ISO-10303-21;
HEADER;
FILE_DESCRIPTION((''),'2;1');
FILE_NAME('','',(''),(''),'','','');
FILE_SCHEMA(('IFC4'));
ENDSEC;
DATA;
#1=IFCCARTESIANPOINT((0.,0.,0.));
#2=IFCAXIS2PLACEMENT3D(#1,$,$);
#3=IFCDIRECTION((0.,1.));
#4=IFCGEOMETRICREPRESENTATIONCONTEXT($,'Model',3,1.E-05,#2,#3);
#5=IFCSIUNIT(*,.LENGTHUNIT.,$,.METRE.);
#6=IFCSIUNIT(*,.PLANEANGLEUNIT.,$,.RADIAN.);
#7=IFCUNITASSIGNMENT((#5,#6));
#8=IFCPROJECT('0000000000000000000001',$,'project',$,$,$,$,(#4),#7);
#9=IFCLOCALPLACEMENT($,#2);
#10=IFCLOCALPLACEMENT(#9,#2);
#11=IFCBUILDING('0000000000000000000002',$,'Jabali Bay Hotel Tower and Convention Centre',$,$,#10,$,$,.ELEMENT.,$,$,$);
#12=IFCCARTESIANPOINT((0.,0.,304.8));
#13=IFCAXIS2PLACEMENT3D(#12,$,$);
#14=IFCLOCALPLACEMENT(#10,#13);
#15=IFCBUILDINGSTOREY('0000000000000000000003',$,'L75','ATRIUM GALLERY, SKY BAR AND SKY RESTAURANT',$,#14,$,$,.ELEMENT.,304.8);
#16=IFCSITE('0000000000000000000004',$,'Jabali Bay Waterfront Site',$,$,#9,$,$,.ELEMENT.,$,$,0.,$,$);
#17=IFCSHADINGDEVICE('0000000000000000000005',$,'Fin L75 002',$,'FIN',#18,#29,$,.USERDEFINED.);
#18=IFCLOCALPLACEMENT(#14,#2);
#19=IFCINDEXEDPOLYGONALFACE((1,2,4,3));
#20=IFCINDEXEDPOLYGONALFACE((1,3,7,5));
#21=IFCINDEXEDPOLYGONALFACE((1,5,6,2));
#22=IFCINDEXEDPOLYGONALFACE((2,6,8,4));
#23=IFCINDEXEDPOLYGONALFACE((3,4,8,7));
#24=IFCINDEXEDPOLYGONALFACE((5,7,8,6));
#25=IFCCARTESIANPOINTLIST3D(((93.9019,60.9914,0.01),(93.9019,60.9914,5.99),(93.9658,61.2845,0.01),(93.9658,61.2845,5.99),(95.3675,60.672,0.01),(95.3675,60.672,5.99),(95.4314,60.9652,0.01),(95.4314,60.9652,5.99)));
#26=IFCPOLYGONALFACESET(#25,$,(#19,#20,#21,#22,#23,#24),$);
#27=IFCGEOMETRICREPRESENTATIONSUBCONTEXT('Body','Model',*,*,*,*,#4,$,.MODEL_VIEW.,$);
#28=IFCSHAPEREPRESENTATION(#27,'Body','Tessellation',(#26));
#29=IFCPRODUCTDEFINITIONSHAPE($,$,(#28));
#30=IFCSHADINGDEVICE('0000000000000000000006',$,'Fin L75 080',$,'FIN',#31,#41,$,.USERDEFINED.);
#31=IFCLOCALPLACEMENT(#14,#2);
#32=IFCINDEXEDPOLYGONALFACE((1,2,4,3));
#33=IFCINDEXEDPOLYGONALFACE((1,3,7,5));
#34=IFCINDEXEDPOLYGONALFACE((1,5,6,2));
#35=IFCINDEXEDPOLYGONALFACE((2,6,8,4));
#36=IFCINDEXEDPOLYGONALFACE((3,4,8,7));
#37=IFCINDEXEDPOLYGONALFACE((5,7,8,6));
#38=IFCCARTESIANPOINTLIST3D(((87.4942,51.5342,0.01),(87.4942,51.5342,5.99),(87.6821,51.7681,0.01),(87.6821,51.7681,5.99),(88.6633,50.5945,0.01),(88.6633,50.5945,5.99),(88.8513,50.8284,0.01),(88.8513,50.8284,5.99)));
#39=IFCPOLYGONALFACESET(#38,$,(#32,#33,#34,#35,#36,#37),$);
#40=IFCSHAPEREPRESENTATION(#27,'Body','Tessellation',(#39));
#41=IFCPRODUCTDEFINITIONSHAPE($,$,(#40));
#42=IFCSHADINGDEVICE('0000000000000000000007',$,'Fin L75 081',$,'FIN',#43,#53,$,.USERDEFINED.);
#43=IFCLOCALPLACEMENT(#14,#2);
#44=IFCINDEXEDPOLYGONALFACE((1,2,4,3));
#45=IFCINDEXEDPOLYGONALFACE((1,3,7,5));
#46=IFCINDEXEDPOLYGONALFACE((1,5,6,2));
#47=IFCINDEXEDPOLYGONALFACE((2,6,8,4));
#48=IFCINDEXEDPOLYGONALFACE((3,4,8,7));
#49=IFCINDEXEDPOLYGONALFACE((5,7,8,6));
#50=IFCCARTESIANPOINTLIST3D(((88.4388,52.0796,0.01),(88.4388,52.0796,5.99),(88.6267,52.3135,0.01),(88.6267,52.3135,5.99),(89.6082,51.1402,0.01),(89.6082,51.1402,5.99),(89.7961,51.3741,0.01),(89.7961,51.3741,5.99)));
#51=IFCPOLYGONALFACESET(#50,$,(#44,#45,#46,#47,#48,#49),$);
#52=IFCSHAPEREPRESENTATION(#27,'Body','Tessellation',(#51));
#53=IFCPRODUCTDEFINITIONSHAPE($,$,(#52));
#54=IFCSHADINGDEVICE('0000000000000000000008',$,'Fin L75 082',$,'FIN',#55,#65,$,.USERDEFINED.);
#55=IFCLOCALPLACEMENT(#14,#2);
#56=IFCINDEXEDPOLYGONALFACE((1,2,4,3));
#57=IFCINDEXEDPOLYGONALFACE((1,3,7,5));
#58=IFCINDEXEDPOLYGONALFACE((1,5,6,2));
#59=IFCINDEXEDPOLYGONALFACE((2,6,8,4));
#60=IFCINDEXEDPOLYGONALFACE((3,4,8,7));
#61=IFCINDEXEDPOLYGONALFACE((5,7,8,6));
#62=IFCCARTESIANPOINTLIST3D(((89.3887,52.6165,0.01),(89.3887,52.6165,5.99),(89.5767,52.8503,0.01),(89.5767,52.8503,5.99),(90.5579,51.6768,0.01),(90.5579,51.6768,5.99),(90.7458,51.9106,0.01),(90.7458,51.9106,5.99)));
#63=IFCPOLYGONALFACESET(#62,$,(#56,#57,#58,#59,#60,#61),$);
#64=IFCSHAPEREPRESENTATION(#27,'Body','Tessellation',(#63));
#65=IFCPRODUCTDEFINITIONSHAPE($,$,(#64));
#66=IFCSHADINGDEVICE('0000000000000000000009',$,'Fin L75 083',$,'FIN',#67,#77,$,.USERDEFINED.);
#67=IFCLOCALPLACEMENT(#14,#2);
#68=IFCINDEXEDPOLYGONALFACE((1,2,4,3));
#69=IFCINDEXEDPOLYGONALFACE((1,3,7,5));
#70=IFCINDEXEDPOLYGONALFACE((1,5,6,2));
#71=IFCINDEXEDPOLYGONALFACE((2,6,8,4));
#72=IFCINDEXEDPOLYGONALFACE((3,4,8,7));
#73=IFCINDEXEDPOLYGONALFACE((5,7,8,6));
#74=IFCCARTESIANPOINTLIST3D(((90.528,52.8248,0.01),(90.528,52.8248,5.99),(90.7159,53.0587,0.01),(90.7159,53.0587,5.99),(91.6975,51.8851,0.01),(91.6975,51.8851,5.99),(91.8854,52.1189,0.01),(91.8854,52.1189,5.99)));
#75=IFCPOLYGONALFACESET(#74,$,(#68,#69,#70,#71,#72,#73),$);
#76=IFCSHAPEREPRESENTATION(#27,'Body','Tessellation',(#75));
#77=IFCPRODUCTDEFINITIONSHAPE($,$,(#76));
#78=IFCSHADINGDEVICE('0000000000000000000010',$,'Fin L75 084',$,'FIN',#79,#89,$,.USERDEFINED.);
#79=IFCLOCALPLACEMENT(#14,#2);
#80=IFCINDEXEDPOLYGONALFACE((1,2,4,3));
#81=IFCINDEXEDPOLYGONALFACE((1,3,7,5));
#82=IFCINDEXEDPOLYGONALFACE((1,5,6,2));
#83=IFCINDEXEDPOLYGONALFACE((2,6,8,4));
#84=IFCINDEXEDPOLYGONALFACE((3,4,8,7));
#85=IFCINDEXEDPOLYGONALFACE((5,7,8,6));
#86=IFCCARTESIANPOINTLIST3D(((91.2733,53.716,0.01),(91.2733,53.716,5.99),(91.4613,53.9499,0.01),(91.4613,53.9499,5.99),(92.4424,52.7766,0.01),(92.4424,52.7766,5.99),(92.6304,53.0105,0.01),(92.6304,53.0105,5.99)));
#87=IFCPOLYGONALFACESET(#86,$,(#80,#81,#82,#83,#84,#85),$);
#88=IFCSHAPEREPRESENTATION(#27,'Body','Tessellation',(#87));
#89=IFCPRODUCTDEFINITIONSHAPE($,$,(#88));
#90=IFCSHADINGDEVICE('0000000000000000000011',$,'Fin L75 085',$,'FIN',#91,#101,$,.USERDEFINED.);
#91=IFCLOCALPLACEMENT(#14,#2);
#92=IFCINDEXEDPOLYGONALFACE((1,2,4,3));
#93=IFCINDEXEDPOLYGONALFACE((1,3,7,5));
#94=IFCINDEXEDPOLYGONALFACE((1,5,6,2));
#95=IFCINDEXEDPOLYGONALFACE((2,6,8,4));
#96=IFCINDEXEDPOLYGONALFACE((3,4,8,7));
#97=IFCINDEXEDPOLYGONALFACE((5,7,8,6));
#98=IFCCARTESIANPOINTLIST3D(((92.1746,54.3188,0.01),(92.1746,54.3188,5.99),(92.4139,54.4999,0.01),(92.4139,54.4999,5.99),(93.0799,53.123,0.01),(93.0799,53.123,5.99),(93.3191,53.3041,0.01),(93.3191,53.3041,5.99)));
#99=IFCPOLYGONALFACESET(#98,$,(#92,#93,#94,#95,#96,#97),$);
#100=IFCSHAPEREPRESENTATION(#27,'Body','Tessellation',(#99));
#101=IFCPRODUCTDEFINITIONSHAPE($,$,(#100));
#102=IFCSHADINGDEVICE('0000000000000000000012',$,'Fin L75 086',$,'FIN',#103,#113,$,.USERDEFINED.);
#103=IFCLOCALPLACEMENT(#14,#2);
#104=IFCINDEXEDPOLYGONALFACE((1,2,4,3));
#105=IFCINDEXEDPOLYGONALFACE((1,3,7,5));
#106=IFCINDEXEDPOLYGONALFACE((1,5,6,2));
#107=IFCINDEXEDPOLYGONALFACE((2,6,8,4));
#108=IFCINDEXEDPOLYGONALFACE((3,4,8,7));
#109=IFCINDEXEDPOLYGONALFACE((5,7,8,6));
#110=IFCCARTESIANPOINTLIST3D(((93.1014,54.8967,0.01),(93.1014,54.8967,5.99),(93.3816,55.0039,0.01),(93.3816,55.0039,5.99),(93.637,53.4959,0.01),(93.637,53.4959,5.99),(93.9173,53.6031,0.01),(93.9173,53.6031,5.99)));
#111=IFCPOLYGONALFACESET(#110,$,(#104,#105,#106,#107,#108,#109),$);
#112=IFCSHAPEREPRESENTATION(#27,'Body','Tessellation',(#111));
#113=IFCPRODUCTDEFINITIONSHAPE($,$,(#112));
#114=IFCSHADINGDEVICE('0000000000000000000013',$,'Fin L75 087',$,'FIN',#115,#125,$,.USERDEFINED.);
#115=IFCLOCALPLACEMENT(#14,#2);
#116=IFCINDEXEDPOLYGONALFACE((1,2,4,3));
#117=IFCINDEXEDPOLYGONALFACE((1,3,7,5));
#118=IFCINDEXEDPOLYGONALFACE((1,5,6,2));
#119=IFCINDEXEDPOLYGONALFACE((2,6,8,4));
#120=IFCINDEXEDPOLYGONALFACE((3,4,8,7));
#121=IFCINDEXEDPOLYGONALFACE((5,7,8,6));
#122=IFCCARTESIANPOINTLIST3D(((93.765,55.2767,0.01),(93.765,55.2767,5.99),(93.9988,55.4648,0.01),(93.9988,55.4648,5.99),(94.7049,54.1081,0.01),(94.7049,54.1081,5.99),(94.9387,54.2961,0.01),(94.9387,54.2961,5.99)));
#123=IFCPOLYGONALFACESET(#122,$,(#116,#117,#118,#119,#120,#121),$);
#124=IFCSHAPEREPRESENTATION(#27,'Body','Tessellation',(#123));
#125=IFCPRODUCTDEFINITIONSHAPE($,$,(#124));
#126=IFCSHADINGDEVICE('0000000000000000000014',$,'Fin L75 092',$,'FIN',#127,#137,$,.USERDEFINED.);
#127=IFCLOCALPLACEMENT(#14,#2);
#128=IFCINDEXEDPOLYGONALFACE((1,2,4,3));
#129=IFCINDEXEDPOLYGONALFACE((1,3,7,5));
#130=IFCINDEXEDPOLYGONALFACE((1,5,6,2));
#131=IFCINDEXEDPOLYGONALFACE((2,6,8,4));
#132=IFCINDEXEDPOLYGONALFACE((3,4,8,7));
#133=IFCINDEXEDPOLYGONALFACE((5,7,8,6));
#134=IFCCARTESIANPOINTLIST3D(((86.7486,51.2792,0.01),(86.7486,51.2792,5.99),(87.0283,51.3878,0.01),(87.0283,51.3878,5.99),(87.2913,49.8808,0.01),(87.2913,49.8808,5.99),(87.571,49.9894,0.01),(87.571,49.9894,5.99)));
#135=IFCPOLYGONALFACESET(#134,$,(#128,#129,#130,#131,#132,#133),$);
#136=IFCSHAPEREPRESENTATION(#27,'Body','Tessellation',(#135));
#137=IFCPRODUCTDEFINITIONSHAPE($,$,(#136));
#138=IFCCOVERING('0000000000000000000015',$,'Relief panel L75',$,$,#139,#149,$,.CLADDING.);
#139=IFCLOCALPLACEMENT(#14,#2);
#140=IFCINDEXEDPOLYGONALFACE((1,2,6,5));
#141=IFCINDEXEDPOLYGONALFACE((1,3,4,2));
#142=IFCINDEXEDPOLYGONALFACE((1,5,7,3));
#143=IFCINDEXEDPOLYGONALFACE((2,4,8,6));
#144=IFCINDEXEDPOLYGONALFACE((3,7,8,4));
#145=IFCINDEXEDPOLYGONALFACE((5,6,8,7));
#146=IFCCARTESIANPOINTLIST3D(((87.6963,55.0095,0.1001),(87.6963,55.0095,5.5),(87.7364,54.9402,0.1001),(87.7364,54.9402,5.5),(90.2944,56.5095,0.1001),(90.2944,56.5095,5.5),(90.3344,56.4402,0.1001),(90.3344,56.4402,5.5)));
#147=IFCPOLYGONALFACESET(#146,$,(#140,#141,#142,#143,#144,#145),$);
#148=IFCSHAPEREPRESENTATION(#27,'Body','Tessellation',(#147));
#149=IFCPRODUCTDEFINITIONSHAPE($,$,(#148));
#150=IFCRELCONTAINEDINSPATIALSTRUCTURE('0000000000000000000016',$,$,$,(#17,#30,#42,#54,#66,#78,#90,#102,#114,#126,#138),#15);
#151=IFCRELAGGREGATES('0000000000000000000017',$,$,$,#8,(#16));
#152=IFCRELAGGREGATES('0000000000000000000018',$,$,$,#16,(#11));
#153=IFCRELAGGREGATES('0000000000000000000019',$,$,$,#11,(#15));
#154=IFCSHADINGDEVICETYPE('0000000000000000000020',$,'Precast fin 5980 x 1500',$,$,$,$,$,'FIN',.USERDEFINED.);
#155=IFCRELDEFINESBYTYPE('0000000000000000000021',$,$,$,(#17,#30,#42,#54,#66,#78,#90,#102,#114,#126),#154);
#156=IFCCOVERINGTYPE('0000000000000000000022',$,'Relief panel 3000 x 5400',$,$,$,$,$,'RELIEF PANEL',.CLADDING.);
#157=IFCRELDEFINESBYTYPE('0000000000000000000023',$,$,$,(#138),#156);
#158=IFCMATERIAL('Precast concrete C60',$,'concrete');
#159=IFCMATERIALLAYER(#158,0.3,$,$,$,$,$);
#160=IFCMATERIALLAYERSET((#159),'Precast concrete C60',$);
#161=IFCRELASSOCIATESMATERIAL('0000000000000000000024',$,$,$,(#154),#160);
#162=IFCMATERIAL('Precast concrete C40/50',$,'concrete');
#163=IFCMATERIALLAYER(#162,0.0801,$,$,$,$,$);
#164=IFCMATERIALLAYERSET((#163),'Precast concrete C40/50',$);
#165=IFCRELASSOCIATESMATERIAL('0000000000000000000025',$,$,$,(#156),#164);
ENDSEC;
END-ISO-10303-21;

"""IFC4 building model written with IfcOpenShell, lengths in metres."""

from ifc_helpers import new_model, si_unit, direction, frame, frame_2d, origin, origin_2d, place, context, subcontext, project, spatial, rectangle, extrude, material, layer, layer_set, type_object, element, save


model = new_model("IFC4")

# Units and contexts
model_context = context("Model", 3, precision=1e-05, world=origin(), true_north=direction((0.0, 1.0)))
body_context = subcontext(model_context, "Body", "Model", "MODEL_VIEW")
ifc_project = project(units=[si_unit("LENGTHUNIT", "METRE"), si_unit("PLANEANGLEUNIT", "RADIAN")], contexts=[model_context])

# Site, building, storey
site_placement = place(None, origin())
site = spatial("IfcSite", under=ifc_project, at=site_placement, Name="Jabali Bay Waterfront Site", CompositionType="ELEMENT", RefElevation=0.0)
building_placement = place(site_placement, origin())
building = spatial("IfcBuilding", under=site, at=building_placement, Name="Jabali Bay Hotel Tower and Convention Centre", CompositionType="ELEMENT")
storey_placement = place(building_placement, frame((0.0, 0.0, 304.8)))
storey = spatial("IfcBuildingStorey", under=building, at=storey_placement, Name="L75", Description="ATRIUM GALLERY, SKY BAR AND SKY RESTAURANT", CompositionType="ELEMENT", Elevation=304.8)

# Shading devices
ifc_material_1 = material(Name="Precast concrete C60", Category="concrete")
ifc_layer_1 = layer(ifc_material_1, 0.3)
ifc_layer_set_1 = layer_set([ifc_layer_1], Name="Precast concrete C60")
shading_device_type = type_object("IfcShadingDeviceType", Name="Precast fin 5980 x 1500", ElementType="FIN", PredefinedType="USERDEFINED", material=ifc_layer_set_1)
for number, where, z_axis, x_axis, name in (
    (1, (93.9338, 61.1379, 0.01), (0.0, 0.0, 1.0), (0.977075, -0.212896, 0.0), "Fin L75 002"),
    (2, (87.5881, 51.6511, 0.01), (0.0, 0.0, 1.0), (0.779454, -0.62646, 0.0), "Fin L75 080"),
    (3, (88.5327, 52.1965, 0.01), (0.0, 0.0, 1.0), (0.779597, -0.626282, 0.0), "Fin L75 081"),
    (4, (89.4827, 52.7334, 0.01), (0.0, 0.0, 1.0), (0.779454, -0.62646, 0.0), "Fin L75 082"),
):
    element("IfcShadingDevice", number, at=place(storey_placement, frame(where, z_axis=z_axis, x_axis=x_axis)), inside=storey, type_object=shading_device_type, Name=name, ObjectType="FIN", PredefinedType="USERDEFINED", context=body_context, shape_type="SweptSolid", body=[
        extrude(rectangle(XDim=1.5, YDim=0.3, at=frame_2d((0.75, 0.0))), origin(), (0.0, 0.0, 1.0), 5.98),
    ])
shading_device_1_placement = place(storey_placement, frame((90.6221, 52.9417, 0.01), z_axis=(0.0, 0.0, 1.0), x_axis=(0.779517, -0.626381, 0.0)))
element("IfcShadingDevice", 5, at=shading_device_1_placement, inside=storey, type_object=shading_device_type, Name="Fin L75 083", ObjectType="FIN", PredefinedType="USERDEFINED", context=body_context, shape_type="SweptSolid", body=[
    extrude(rectangle(XDim=1.5002, YDim=0.3, at=frame_2d((0.75, 0.0))), origin(), (0.0, 0.0, 1.0), 5.98),
])
for number, where, z_axis, x_axis, name in (
    (6, (91.3672, 53.833, 0.01), (0.0, 0.0, 1.0), (0.779533, -0.626361, 0.0), "Fin L75 084"),
    (7, (92.2942, 54.4094, 0.01), (0.0, 0.0, 1.0), (0.603588, -0.797296, 0.0), "Fin L75 085"),
    (8, (93.2415, 54.9504, 0.01), (0.0, 0.0, 1.0), (0.357146, -0.934049, 0.0), "Fin L75 086"),
    (9, (93.8818, 55.3708, 0.01), (0.0, 0.0, 1.0), (0.626718, -0.779246, 0.0), "Fin L75 087"),
):
    element("IfcShadingDevice", number, at=place(storey_placement, frame(where, z_axis=z_axis, x_axis=x_axis)), inside=storey, type_object=shading_device_type, Name=name, ObjectType="FIN", PredefinedType="USERDEFINED", context=body_context, shape_type="SweptSolid", body=[
        extrude(rectangle(XDim=1.4998, YDim=0.3, at=frame_2d((0.75, 0.0))), origin(), (0.0, 0.0, 1.0), 5.98),
    ])
shading_device_2_placement = place(storey_placement, frame((86.8884, 51.3335, 0.01), z_axis=(0.0, 0.0, 1.0), x_axis=(0.361802, -0.932255, 0.0)))
element("IfcShadingDevice", 10, at=shading_device_2_placement, inside=storey, type_object=shading_device_type, Name="Fin L75 092", ObjectType="FIN", PredefinedType="USERDEFINED", context=body_context, shape_type="SweptSolid", body=[
    extrude(rectangle(XDim=1.5, YDim=0.3, at=frame_2d((0.75, 0.0))), origin(), (0.0, 0.0, 1.0), 5.98),
])

# Covering
ifc_material_2 = material(Name="Precast concrete C40/50", Category="concrete")
ifc_layer_2 = layer(ifc_material_2, 0.0801)
ifc_layer_set_2 = layer_set([ifc_layer_2], Name="Precast concrete C40/50")
covering_type = type_object("IfcCoveringType", Name="Relief panel 3000 x 5400", ElementType="RELIEF PANEL", PredefinedType="CLADDING", material=ifc_layer_set_2)
covering_placement = place(storey_placement, frame((89.0154, 55.7249, 0.1001), z_axis=(0.0, 0.0, 1.0), x_axis=(-0.866025, -0.5, 0.0)))
element("IfcCovering", 11, at=covering_placement, inside=storey, type_object=covering_type, Name="Relief panel L75", PredefinedType="CLADDING", context=body_context, shape_type="SweptSolid", body=[
    extrude(rectangle(XDim=3.0, YDim=0.0801, at=origin_2d()), origin(), (0.0, 0.0, 1.0), 5.3999),
])

save(model, "model.ifc")
